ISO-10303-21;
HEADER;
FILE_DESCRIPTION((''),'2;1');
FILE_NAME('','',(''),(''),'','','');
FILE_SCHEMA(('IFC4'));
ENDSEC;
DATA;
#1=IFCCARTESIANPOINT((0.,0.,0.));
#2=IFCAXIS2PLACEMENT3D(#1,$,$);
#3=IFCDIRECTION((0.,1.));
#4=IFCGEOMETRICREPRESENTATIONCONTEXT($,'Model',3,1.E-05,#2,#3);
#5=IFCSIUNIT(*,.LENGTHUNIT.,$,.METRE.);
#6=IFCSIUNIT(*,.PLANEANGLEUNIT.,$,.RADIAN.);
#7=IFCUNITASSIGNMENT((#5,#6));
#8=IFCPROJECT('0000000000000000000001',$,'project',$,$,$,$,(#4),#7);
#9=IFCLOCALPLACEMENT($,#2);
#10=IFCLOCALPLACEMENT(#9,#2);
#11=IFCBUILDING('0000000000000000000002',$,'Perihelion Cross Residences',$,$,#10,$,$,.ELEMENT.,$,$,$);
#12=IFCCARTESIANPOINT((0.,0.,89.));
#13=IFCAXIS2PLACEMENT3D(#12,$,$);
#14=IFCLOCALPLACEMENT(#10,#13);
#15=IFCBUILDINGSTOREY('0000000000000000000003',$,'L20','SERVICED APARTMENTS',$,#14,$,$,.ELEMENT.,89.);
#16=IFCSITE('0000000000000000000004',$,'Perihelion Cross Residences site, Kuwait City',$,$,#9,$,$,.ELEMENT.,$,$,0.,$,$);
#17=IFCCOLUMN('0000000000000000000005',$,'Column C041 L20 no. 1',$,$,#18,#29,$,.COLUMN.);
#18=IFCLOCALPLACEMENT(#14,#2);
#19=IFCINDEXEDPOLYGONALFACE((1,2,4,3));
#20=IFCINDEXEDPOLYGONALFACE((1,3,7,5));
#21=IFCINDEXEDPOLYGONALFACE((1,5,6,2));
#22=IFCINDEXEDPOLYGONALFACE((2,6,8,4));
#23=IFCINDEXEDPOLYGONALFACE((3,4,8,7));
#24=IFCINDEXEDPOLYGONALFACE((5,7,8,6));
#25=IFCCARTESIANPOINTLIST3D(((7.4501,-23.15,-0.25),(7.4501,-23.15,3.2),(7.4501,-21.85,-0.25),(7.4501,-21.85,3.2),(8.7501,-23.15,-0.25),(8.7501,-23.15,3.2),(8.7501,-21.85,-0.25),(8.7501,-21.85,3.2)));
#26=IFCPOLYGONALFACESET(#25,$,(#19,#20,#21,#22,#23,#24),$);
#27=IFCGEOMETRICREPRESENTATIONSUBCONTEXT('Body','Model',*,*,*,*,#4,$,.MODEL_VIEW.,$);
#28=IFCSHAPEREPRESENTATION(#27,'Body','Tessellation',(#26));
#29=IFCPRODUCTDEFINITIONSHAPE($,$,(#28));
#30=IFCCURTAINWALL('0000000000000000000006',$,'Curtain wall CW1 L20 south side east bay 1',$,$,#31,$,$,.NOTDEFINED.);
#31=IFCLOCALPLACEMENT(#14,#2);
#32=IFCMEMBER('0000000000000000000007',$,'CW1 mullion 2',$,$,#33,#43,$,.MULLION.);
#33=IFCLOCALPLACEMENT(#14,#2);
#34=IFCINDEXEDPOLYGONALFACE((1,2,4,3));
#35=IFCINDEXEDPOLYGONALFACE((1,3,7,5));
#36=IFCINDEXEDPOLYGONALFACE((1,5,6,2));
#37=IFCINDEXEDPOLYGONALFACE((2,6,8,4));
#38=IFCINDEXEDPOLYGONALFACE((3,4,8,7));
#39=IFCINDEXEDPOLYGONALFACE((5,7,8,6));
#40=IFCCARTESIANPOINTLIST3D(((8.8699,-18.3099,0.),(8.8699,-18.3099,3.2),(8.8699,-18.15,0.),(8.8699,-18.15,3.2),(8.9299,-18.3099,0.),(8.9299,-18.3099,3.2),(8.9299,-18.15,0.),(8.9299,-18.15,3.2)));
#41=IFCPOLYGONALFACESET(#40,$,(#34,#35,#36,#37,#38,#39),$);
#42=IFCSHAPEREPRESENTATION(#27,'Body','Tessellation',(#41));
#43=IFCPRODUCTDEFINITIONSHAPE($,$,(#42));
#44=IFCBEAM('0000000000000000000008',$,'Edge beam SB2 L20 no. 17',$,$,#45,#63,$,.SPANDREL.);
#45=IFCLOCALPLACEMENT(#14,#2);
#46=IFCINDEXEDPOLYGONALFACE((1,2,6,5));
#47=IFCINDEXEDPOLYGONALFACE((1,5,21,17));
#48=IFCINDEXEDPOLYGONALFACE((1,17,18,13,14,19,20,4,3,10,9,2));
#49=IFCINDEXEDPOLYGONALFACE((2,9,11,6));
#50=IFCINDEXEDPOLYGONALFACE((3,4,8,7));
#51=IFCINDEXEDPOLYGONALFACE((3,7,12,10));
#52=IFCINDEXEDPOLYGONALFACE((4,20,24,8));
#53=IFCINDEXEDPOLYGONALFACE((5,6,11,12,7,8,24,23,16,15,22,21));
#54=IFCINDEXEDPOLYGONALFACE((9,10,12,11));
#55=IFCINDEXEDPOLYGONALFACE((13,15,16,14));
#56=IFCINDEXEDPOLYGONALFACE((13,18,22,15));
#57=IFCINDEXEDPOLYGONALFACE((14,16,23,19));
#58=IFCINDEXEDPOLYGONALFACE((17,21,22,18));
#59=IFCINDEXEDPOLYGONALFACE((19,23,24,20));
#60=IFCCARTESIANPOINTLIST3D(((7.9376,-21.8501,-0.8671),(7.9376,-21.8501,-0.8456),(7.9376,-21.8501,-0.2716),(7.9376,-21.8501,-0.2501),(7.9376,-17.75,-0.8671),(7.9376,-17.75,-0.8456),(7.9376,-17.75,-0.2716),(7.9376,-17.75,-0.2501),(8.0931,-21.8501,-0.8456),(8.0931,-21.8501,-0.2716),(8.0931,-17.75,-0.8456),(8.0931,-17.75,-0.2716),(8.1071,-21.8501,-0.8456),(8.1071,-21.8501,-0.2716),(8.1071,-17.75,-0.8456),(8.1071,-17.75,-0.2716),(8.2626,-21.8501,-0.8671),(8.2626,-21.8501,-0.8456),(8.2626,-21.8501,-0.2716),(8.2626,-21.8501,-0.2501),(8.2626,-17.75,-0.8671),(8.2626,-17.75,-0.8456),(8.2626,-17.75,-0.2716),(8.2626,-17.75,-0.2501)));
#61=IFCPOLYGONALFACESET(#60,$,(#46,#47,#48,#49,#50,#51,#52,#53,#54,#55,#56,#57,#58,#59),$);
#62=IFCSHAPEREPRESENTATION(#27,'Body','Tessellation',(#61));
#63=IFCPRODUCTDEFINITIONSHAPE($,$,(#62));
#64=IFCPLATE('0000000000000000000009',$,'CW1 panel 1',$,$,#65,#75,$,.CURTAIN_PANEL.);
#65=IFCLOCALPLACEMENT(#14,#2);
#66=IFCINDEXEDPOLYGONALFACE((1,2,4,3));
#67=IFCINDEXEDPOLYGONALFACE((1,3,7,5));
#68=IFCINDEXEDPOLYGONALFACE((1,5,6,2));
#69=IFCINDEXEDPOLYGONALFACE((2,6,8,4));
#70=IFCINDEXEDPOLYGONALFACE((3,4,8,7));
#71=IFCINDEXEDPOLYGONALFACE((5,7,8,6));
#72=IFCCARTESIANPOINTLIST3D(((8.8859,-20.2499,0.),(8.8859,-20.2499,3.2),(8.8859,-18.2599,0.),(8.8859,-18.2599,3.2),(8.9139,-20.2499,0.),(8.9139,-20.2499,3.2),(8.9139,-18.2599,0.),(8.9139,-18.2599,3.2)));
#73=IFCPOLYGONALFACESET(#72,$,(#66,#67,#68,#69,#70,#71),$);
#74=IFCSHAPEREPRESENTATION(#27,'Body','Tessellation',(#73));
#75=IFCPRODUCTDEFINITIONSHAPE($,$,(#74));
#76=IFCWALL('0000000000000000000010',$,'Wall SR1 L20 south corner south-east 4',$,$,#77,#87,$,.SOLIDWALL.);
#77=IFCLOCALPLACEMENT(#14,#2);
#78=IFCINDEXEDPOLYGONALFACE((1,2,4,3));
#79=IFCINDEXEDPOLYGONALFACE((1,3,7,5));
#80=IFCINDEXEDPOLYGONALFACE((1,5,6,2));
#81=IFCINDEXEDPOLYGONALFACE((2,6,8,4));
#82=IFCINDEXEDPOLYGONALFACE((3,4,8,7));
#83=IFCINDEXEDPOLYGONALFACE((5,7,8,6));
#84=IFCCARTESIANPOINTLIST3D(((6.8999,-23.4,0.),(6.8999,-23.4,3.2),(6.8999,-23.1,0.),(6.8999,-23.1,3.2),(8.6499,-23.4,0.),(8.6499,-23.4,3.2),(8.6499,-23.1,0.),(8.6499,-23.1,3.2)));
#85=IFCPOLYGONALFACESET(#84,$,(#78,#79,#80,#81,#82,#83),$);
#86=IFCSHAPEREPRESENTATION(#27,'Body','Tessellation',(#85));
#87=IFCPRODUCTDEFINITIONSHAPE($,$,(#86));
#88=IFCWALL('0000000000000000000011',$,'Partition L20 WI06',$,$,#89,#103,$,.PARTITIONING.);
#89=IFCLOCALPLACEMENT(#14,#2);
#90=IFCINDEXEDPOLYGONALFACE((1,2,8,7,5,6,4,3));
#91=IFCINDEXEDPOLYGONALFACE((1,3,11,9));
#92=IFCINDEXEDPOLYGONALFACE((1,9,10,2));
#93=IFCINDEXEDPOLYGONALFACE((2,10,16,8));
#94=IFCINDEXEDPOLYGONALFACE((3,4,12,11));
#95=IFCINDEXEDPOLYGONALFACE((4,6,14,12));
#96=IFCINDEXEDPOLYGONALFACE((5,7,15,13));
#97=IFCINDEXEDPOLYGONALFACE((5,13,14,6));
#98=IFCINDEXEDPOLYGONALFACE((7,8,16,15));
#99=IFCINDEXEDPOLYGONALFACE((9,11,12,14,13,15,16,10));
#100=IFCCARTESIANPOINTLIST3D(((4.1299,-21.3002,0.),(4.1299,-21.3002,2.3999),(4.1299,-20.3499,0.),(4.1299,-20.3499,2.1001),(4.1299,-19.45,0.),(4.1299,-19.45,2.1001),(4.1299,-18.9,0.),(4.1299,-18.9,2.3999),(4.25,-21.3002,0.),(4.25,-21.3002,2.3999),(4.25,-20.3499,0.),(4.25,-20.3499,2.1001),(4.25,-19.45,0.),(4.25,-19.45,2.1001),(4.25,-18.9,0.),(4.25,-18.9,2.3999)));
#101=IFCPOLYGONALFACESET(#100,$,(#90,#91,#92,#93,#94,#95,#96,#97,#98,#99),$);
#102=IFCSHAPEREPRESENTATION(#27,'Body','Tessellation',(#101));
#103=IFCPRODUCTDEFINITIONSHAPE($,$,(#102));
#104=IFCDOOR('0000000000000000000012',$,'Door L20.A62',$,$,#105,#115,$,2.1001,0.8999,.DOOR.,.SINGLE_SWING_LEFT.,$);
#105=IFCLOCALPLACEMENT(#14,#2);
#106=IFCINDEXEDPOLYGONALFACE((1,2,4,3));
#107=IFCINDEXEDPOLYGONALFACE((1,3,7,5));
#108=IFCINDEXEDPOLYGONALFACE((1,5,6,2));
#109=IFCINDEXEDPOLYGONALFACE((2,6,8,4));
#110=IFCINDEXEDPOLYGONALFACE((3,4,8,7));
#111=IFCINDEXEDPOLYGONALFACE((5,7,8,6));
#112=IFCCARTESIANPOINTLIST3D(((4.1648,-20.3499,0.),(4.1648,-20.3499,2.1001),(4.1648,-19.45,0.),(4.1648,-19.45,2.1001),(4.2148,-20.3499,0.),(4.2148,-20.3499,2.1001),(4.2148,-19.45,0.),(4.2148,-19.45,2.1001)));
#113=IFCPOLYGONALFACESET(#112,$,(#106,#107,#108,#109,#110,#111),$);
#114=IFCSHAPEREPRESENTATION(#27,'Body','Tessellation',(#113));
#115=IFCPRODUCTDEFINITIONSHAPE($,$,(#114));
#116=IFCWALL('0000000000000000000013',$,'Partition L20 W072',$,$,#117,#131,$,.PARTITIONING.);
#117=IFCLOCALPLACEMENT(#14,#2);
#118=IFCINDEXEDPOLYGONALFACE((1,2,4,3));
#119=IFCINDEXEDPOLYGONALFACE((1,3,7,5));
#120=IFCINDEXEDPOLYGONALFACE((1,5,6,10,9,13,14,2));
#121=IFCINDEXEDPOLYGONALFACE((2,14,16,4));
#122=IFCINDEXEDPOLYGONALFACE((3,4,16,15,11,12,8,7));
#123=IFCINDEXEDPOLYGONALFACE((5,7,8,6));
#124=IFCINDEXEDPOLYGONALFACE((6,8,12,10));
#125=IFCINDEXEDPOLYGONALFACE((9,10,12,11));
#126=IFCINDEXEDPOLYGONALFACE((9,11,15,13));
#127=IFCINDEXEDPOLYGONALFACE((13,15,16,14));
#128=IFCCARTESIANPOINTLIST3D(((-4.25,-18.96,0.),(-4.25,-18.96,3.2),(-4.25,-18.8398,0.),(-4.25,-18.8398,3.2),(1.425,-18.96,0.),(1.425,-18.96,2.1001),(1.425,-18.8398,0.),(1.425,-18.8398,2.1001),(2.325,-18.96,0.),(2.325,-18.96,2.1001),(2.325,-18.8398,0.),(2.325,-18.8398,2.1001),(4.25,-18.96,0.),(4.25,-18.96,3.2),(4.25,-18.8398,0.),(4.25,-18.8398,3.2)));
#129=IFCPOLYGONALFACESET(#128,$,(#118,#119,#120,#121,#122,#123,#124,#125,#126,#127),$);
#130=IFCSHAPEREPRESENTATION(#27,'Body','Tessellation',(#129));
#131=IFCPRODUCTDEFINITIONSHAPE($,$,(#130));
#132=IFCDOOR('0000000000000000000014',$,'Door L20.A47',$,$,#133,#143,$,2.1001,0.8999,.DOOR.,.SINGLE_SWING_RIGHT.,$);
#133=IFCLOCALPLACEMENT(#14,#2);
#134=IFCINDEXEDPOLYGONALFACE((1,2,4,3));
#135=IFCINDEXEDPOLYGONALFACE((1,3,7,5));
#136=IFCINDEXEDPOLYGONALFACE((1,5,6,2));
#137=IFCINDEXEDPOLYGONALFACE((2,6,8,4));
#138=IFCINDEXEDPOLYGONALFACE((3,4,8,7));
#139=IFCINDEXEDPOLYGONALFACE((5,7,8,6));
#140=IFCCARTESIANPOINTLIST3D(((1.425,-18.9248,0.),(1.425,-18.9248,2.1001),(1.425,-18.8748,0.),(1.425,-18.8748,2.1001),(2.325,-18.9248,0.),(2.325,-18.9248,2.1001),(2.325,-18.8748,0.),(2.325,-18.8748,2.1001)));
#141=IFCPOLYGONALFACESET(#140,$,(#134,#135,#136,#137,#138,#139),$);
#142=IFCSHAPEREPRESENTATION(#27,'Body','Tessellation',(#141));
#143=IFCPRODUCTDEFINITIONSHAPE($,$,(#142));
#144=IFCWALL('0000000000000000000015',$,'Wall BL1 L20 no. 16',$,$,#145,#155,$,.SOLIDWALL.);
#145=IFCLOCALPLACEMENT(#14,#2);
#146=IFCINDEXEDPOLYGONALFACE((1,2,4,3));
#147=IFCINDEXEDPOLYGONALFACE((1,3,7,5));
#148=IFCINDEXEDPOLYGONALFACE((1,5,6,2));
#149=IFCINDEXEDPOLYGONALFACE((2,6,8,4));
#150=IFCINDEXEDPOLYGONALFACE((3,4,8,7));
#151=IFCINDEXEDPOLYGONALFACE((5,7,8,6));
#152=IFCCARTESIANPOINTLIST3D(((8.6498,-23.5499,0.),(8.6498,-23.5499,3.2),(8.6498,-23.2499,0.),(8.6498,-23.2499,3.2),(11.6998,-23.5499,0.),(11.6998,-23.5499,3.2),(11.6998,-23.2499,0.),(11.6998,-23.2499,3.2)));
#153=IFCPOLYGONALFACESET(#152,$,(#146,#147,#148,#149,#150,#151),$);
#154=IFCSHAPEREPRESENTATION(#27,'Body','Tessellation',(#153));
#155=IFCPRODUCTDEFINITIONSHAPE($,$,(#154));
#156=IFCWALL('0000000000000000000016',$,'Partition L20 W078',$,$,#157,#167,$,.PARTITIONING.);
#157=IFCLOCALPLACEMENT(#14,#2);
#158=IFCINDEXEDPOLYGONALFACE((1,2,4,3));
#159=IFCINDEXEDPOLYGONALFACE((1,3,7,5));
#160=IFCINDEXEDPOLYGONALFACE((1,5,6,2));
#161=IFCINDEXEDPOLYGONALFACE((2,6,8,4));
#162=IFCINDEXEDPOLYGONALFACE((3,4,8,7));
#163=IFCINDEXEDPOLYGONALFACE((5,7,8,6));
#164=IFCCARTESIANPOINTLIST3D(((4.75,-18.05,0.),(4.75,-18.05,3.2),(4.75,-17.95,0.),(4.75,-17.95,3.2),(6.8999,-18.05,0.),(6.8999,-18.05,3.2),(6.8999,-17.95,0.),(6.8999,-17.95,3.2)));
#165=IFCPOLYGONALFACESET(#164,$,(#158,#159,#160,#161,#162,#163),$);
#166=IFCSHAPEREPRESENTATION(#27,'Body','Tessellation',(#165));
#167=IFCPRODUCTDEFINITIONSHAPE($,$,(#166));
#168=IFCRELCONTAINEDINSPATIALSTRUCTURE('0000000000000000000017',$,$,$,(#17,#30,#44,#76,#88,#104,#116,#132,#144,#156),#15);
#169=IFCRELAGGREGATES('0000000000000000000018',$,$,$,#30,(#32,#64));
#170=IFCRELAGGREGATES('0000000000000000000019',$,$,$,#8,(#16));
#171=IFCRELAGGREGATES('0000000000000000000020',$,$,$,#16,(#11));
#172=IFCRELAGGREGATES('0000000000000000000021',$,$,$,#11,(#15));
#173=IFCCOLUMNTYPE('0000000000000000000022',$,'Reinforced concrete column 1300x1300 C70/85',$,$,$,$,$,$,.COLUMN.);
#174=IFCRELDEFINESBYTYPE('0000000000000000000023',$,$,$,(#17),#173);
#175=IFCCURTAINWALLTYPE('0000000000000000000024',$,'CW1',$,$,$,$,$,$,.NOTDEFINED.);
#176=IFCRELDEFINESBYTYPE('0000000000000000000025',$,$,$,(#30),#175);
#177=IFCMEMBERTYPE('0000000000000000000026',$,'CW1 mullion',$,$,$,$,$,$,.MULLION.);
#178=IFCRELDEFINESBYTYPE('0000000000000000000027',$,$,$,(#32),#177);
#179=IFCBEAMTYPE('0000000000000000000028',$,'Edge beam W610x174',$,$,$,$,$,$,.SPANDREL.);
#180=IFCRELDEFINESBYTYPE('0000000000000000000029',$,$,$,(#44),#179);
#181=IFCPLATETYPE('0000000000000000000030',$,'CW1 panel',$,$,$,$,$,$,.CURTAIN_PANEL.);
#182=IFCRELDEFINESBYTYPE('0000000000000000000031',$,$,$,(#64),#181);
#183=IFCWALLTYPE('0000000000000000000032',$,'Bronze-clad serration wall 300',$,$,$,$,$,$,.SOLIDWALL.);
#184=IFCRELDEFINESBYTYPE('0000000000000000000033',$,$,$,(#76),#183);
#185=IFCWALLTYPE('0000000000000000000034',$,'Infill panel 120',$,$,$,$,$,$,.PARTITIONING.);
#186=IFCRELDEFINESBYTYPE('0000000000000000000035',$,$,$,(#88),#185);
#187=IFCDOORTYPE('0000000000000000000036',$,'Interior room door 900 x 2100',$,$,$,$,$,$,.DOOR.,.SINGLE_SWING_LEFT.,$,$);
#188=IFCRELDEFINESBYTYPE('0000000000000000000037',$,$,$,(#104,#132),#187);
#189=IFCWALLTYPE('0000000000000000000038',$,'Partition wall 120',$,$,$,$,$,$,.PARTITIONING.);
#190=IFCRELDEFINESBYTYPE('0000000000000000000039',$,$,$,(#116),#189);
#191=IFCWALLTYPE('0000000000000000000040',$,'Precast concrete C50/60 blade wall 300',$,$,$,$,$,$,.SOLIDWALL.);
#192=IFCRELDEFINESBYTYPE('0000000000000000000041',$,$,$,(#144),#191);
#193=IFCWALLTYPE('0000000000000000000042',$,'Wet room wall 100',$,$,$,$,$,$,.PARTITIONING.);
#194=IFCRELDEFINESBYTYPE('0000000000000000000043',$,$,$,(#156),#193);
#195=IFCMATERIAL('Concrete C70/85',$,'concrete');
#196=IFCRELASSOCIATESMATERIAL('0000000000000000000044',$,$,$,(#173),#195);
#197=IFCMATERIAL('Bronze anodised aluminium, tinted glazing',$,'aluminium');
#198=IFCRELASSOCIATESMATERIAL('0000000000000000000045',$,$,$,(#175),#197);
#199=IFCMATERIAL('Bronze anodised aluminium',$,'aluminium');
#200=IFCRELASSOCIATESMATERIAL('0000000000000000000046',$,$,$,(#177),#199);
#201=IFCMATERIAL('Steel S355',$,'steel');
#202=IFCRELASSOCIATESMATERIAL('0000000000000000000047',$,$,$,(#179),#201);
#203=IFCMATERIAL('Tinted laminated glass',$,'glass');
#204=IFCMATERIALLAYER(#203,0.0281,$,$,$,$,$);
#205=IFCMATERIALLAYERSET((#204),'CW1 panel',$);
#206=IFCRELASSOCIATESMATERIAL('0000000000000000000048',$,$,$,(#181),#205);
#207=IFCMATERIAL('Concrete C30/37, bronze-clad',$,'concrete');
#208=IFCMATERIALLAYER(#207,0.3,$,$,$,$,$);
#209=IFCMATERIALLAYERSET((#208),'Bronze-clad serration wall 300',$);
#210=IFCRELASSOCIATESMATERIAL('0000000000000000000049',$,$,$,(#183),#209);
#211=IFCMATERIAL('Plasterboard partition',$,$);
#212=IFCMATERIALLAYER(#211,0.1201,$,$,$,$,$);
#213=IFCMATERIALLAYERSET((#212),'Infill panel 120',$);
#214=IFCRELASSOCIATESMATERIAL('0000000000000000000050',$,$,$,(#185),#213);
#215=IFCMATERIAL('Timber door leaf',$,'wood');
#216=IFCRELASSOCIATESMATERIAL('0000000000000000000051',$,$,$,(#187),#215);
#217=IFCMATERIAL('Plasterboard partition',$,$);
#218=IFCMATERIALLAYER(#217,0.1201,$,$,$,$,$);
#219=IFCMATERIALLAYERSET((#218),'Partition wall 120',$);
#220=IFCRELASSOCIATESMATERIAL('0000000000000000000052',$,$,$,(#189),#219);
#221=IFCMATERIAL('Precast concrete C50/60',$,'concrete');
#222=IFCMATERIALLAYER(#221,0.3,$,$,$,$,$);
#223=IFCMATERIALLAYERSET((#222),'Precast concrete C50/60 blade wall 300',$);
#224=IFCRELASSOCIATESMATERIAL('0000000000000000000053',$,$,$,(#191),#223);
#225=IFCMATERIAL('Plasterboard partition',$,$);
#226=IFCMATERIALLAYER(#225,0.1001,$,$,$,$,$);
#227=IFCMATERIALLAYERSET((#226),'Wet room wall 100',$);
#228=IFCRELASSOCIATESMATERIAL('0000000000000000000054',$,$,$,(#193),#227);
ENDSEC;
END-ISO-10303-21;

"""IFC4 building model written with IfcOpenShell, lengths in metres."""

from ifc_helpers import new_model, si_unit, direction, frame, frame_2d, origin, origin_2d, place, context, subcontext, project, spatial, rectangle, i_section, extrude, material, layer, layer_set, material_profile, profile_set, type_object, element, fill, aggregate, save


model = new_model("IFC4")

# Units and contexts
model_context = context("Model", 3, precision=1e-05, world=origin(), true_north=direction((0.0, 1.0)))
body_context = subcontext(model_context, "Body", "Model", "MODEL_VIEW")
ifc_project = project(units=[si_unit("LENGTHUNIT", "METRE"), si_unit("PLANEANGLEUNIT", "RADIAN")], contexts=[model_context])

# Site, building, storey
site_placement = place(None, origin())
site = spatial("IfcSite", under=ifc_project, at=site_placement, Name="Perihelion Cross Residences site, Kuwait City", CompositionType="ELEMENT", RefElevation=0.0)
building_placement = place(site_placement, origin())
building = spatial("IfcBuilding", under=site, at=building_placement, Name="Perihelion Cross Residences", CompositionType="ELEMENT")
storey_placement = place(building_placement, frame((0.0, 0.0, 89.0)))
storey = spatial("IfcBuildingStorey", under=building, at=storey_placement, Name="L20", Description="SERVICED APARTMENTS", CompositionType="ELEMENT", Elevation=89.0)

# Column
ifc_material_1 = material(Name="Concrete C70/85", Category="concrete")
ifc_material_profile_1 = material_profile(ifc_material_1, rectangle(XDim=1.3, YDim=1.3, at=origin_2d()), Name="RC 1300x1300")
ifc_profile_set_1 = profile_set([ifc_material_profile_1], Name="Concrete C70/85")
column_type = type_object("IfcColumnType", Name="Reinforced concrete column 1300x1300 C70/85", PredefinedType="COLUMN", material=ifc_profile_set_1)
column_placement = place(storey_placement, frame((8.1001, -22.5, -0.25), z_axis=(0.0, 0.0, 1.0), x_axis=(1.0, 0.0, 0.0)))
element("IfcColumn", 1, at=column_placement, inside=storey, type_object=column_type, Name="Column C041 L20 no. 1", PredefinedType="COLUMN", context=body_context, shape_type="SweptSolid", body=[
    extrude(rectangle(XDim=1.3, YDim=1.3, at=origin_2d()), origin(), (0.0, 0.0, 1.0), 3.45),
])

# Curtain wall, member
ifc_material_2 = material(Name="Bronze anodised aluminium, tinted glazing", Category="aluminium")
curtain_wall_type = type_object("IfcCurtainWallType", Name="CW1", PredefinedType="NOTDEFINED", material=ifc_material_2)
curtain_wall_placement = place(storey_placement, origin())
curtain_wall = element("IfcCurtainWall", 2, at=curtain_wall_placement, inside=storey, type_object=curtain_wall_type, Name="Curtain wall CW1 L20 south side east bay 1", PredefinedType="NOTDEFINED")
ifc_material_3 = material(Name="Bronze anodised aluminium", Category="aluminium")
ifc_material_profile_2 = material_profile(ifc_material_3, rectangle(XDim=0.0601, YDim=0.1599, at=origin_2d()), Name="CW1 mullion")
ifc_profile_set_2 = profile_set([ifc_material_profile_2], Name="Bronze anodised aluminium")
member_type = type_object("IfcMemberType", Name="CW1 mullion", PredefinedType="MULLION", material=ifc_profile_set_2)
member_placement = place(storey_placement, frame((8.8999, -18.23, 0.0), z_axis=(0.0, 0.0, 1.0), x_axis=(-1.0, 0.0, 0.0)))
member = element("IfcMember", 3, at=member_placement, type_object=member_type, Name="CW1 mullion 2", PredefinedType="MULLION", context=body_context, shape_type="SweptSolid", body=[
    extrude(rectangle(XDim=0.0601, YDim=0.1599, at=origin_2d()), origin(), (0.0, 0.0, 1.0), 3.2),
])

# Beam
ifc_material_4 = material(Name="Steel S355", Category="steel")
ifc_material_profile_3 = material_profile(ifc_material_4, i_section(OverallWidth=0.325, OverallDepth=0.6169, WebThickness=0.0139, FlangeThickness=0.0215, at=origin_2d()), Name="W610x174")
ifc_profile_set_3 = profile_set([ifc_material_profile_3], Name="Steel S355")
beam_type = type_object("IfcBeamType", Name="Edge beam W610x174", PredefinedType="SPANDREL", material=ifc_profile_set_3)
beam_placement = place(storey_placement, frame((8.1001, -21.8501, -0.5586), z_axis=(0.0, 1.0, 0.0), x_axis=(-1.0, 0.0, 0.0)))
element("IfcBeam", 4, at=beam_placement, inside=storey, type_object=beam_type, Name="Edge beam SB2 L20 no. 17", PredefinedType="SPANDREL", context=body_context, shape_type="SweptSolid", body=[
    extrude(i_section(OverallWidth=0.325, OverallDepth=0.6169, WebThickness=0.0139, FlangeThickness=0.0215, at=origin_2d()), origin(), (0.0, 0.0, 1.0), 4.1001),
])

# Plate
ifc_material_5 = material(Name="Tinted laminated glass", Category="glass")
ifc_layer_1 = layer(ifc_material_5, 0.0281)
ifc_layer_set_1 = layer_set([ifc_layer_1], Name="CW1 panel")
plate_type = type_object("IfcPlateType", Name="CW1 panel", PredefinedType="CURTAIN_PANEL", material=ifc_layer_set_1)
plate_placement = place(storey_placement, frame((8.8999, -19.2549, 0.0), z_axis=(0.0, 0.0, 1.0), x_axis=(0.0, 1.0, 0.0)))
plate = element("IfcPlate", 5, at=plate_placement, type_object=plate_type, Name="CW1 panel 1", PredefinedType="CURTAIN_PANEL", context=body_context, shape_type="SweptSolid", body=[
    extrude(rectangle(XDim=1.99, YDim=0.0281, at=origin_2d()), origin(), (0.0, 0.0, 1.0), 3.2),
])
aggregate(curtain_wall, [member, plate])

# Wall
ifc_material_6 = material(Name="Concrete C30/37, bronze-clad", Category="concrete")
ifc_layer_2 = layer(ifc_material_6, 0.3)
ifc_layer_set_2 = layer_set([ifc_layer_2], Name="Bronze-clad serration wall 300")
wall_type_1 = type_object("IfcWallType", Name="Bronze-clad serration wall 300", PredefinedType="SOLIDWALL", material=ifc_layer_set_2)
wall_1_placement = place(storey_placement, frame((6.8999, -23.25, 0.0), z_axis=(0.0, 0.0, 1.0), x_axis=(1.0, 0.0, 0.0)))
element("IfcWall", 6, at=wall_1_placement, inside=storey, type_object=wall_type_1, Name="Wall SR1 L20 south corner south-east 4", PredefinedType="SOLIDWALL", context=body_context, shape_type="SweptSolid", body=[
    extrude(rectangle(XDim=1.75, YDim=0.3, at=frame_2d((0.875, 0.0))), origin(), (0.0, 0.0, 1.0), 3.2),
])

# Walls, openings, doors
ifc_material_7 = material(Name="Plasterboard partition")
ifc_layer_3 = layer(ifc_material_7, 0.1201)
ifc_layer_set_3 = layer_set([ifc_layer_3], Name="Infill panel 120")
wall_type_2 = type_object("IfcWallType", Name="Infill panel 120", PredefinedType="PARTITIONING", material=ifc_layer_set_3)
wall_2_placement = place(storey_placement, frame((4.1899, -18.8999, 0.0), z_axis=(0.0, 0.0, 1.0), x_axis=(0.0, -1.0, 0.0)))
wall_2 = element("IfcWall", 7, at=wall_2_placement, inside=storey, type_object=wall_type_2, Name="Partition L20 WI06", PredefinedType="PARTITIONING", context=body_context, shape_type="SweptSolid", body=[
    extrude(rectangle(XDim=2.4001, YDim=0.1201, at=frame_2d((1.2002, 0.0))), origin(), (0.0, 0.0, 1.0), 2.3999),
])
opening_1_placement = place(wall_2_placement, frame((0.55, 0.0, 0.0)))
opening_1 = element("IfcOpeningElement", 8, at=opening_1_placement, cuts=wall_2, PredefinedType="OPENING", context=body_context, shape_type="SweptSolid", body=[
    extrude(rectangle(XDim=0.8999, YDim=2.1001, at=frame_2d((0.45, 1.05))), frame((0.0, 0.0701, 0.0), z_axis=(0.0, -1.0, 0.0), x_axis=(1.0, 0.0, 0.0)), (0.0, 0.0, 1.0), 0.1401),
])
ifc_material_8 = material(Name="Timber door leaf", Category="wood")
door_type_1 = type_object("IfcDoorType", Name="Interior room door 900 x 2100", OperationType="SINGLE_SWING_LEFT", PredefinedType="DOOR", material=ifc_material_8)
door_1_placement = place(opening_1_placement, origin())
door_1 = element("IfcDoor", 9, at=door_1_placement, inside=storey, type_object=door_type_1, Name="Door L20.A62", OperationType="SINGLE_SWING_LEFT", OverallHeight=2.1001, OverallWidth=0.8999, PredefinedType="DOOR", context=body_context, shape_type="SweptSolid", body=[
    extrude(rectangle(XDim=0.8999, YDim=2.1001, at=frame_2d((0.45, 1.05))), frame((0.0, 0.0249, 0.0), z_axis=(0.0, -1.0, 0.0), x_axis=(1.0, 0.0, 0.0)), (0.0, 0.0, 1.0), 0.05),
])
fill(opening_1, door_1)
ifc_material_9 = material(Name="Plasterboard partition")
ifc_layer_4 = layer(ifc_material_9, 0.1201)
ifc_layer_set_4 = layer_set([ifc_layer_4], Name="Partition wall 120")
wall_type_3 = type_object("IfcWallType", Name="Partition wall 120", PredefinedType="PARTITIONING", material=ifc_layer_set_4)
wall_3_placement = place(storey_placement, frame((4.25, -18.8999, 0.0), z_axis=(0.0, 0.0, 1.0), x_axis=(-1.0, 0.0, 0.0)))
wall_3 = element("IfcWall", 10, at=wall_3_placement, inside=storey, type_object=wall_type_3, Name="Partition L20 W072", PredefinedType="PARTITIONING", context=body_context, shape_type="SweptSolid", body=[
    extrude(rectangle(XDim=8.5, YDim=0.1201, at=frame_2d((4.25, 0.0))), origin(), (0.0, 0.0, 1.0), 3.2),
])
opening_2_placement = place(wall_3_placement, frame((1.925, 0.0, 0.0)))
opening_2 = element("IfcOpeningElement", 11, at=opening_2_placement, cuts=wall_3, PredefinedType="OPENING", context=body_context, shape_type="SweptSolid", body=[
    extrude(rectangle(XDim=0.8999, YDim=2.1001, at=frame_2d((0.45, 1.05))), frame((0.0, 0.0701, 0.0), z_axis=(0.0, -1.0, 0.0), x_axis=(1.0, 0.0, 0.0)), (0.0, 0.0, 1.0), 0.1401),
])
door_2_placement = place(opening_2_placement, origin())
door_2 = element("IfcDoor", 12, at=door_2_placement, inside=storey, type_object=door_type_1, Name="Door L20.A47", OperationType="SINGLE_SWING_RIGHT", OverallHeight=2.1001, OverallWidth=0.8999, PredefinedType="DOOR", context=body_context, shape_type="SweptSolid", body=[
    extrude(rectangle(XDim=0.8999, YDim=2.1001, at=frame_2d((0.45, 1.05))), frame((0.0, 0.0249, 0.0), z_axis=(0.0, -1.0, 0.0), x_axis=(1.0, 0.0, 0.0)), (0.0, 0.0, 1.0), 0.05),
])
fill(opening_2, door_2)

# Walls
ifc_material_10 = material(Name="Precast concrete C50/60", Category="concrete")
ifc_layer_5 = layer(ifc_material_10, 0.3)
ifc_layer_set_5 = layer_set([ifc_layer_5], Name="Precast concrete C50/60 blade wall 300")
wall_type_4 = type_object("IfcWallType", Name="Precast concrete C50/60 blade wall 300", PredefinedType="SOLIDWALL", material=ifc_layer_set_5)
wall_4_placement = place(storey_placement, frame((8.6499, -23.3999, 0.0), z_axis=(0.0, 0.0, 1.0), x_axis=(1.0, 0.0, 0.0)))
element("IfcWall", 13, at=wall_4_placement, inside=storey, type_object=wall_type_4, Name="Wall BL1 L20 no. 16", PredefinedType="SOLIDWALL", context=body_context, shape_type="SweptSolid", body=[
    extrude(rectangle(XDim=3.05, YDim=0.3, at=frame_2d((1.5249, 0.0))), origin(), (0.0, 0.0, 1.0), 3.2),
])
ifc_material_11 = material(Name="Plasterboard partition")
ifc_layer_6 = layer(ifc_material_11, 0.1001)
ifc_layer_set_6 = layer_set([ifc_layer_6], Name="Wet room wall 100")
wall_type_5 = type_object("IfcWallType", Name="Wet room wall 100", PredefinedType="PARTITIONING", material=ifc_layer_set_6)
wall_5_placement = place(storey_placement, frame((6.8999, -18.0, 0.0), z_axis=(0.0, 0.0, 1.0), x_axis=(-1.0, 0.0, 0.0)))
element("IfcWall", 14, at=wall_5_placement, inside=storey, type_object=wall_type_5, Name="Partition L20 W078", PredefinedType="PARTITIONING", context=body_context, shape_type="SweptSolid", body=[
    extrude(rectangle(XDim=2.1499, YDim=0.1001, at=frame_2d((1.075, 0.0))), origin(), (0.0, 0.0, 1.0), 3.2),
])

save(model, "model.ifc")
